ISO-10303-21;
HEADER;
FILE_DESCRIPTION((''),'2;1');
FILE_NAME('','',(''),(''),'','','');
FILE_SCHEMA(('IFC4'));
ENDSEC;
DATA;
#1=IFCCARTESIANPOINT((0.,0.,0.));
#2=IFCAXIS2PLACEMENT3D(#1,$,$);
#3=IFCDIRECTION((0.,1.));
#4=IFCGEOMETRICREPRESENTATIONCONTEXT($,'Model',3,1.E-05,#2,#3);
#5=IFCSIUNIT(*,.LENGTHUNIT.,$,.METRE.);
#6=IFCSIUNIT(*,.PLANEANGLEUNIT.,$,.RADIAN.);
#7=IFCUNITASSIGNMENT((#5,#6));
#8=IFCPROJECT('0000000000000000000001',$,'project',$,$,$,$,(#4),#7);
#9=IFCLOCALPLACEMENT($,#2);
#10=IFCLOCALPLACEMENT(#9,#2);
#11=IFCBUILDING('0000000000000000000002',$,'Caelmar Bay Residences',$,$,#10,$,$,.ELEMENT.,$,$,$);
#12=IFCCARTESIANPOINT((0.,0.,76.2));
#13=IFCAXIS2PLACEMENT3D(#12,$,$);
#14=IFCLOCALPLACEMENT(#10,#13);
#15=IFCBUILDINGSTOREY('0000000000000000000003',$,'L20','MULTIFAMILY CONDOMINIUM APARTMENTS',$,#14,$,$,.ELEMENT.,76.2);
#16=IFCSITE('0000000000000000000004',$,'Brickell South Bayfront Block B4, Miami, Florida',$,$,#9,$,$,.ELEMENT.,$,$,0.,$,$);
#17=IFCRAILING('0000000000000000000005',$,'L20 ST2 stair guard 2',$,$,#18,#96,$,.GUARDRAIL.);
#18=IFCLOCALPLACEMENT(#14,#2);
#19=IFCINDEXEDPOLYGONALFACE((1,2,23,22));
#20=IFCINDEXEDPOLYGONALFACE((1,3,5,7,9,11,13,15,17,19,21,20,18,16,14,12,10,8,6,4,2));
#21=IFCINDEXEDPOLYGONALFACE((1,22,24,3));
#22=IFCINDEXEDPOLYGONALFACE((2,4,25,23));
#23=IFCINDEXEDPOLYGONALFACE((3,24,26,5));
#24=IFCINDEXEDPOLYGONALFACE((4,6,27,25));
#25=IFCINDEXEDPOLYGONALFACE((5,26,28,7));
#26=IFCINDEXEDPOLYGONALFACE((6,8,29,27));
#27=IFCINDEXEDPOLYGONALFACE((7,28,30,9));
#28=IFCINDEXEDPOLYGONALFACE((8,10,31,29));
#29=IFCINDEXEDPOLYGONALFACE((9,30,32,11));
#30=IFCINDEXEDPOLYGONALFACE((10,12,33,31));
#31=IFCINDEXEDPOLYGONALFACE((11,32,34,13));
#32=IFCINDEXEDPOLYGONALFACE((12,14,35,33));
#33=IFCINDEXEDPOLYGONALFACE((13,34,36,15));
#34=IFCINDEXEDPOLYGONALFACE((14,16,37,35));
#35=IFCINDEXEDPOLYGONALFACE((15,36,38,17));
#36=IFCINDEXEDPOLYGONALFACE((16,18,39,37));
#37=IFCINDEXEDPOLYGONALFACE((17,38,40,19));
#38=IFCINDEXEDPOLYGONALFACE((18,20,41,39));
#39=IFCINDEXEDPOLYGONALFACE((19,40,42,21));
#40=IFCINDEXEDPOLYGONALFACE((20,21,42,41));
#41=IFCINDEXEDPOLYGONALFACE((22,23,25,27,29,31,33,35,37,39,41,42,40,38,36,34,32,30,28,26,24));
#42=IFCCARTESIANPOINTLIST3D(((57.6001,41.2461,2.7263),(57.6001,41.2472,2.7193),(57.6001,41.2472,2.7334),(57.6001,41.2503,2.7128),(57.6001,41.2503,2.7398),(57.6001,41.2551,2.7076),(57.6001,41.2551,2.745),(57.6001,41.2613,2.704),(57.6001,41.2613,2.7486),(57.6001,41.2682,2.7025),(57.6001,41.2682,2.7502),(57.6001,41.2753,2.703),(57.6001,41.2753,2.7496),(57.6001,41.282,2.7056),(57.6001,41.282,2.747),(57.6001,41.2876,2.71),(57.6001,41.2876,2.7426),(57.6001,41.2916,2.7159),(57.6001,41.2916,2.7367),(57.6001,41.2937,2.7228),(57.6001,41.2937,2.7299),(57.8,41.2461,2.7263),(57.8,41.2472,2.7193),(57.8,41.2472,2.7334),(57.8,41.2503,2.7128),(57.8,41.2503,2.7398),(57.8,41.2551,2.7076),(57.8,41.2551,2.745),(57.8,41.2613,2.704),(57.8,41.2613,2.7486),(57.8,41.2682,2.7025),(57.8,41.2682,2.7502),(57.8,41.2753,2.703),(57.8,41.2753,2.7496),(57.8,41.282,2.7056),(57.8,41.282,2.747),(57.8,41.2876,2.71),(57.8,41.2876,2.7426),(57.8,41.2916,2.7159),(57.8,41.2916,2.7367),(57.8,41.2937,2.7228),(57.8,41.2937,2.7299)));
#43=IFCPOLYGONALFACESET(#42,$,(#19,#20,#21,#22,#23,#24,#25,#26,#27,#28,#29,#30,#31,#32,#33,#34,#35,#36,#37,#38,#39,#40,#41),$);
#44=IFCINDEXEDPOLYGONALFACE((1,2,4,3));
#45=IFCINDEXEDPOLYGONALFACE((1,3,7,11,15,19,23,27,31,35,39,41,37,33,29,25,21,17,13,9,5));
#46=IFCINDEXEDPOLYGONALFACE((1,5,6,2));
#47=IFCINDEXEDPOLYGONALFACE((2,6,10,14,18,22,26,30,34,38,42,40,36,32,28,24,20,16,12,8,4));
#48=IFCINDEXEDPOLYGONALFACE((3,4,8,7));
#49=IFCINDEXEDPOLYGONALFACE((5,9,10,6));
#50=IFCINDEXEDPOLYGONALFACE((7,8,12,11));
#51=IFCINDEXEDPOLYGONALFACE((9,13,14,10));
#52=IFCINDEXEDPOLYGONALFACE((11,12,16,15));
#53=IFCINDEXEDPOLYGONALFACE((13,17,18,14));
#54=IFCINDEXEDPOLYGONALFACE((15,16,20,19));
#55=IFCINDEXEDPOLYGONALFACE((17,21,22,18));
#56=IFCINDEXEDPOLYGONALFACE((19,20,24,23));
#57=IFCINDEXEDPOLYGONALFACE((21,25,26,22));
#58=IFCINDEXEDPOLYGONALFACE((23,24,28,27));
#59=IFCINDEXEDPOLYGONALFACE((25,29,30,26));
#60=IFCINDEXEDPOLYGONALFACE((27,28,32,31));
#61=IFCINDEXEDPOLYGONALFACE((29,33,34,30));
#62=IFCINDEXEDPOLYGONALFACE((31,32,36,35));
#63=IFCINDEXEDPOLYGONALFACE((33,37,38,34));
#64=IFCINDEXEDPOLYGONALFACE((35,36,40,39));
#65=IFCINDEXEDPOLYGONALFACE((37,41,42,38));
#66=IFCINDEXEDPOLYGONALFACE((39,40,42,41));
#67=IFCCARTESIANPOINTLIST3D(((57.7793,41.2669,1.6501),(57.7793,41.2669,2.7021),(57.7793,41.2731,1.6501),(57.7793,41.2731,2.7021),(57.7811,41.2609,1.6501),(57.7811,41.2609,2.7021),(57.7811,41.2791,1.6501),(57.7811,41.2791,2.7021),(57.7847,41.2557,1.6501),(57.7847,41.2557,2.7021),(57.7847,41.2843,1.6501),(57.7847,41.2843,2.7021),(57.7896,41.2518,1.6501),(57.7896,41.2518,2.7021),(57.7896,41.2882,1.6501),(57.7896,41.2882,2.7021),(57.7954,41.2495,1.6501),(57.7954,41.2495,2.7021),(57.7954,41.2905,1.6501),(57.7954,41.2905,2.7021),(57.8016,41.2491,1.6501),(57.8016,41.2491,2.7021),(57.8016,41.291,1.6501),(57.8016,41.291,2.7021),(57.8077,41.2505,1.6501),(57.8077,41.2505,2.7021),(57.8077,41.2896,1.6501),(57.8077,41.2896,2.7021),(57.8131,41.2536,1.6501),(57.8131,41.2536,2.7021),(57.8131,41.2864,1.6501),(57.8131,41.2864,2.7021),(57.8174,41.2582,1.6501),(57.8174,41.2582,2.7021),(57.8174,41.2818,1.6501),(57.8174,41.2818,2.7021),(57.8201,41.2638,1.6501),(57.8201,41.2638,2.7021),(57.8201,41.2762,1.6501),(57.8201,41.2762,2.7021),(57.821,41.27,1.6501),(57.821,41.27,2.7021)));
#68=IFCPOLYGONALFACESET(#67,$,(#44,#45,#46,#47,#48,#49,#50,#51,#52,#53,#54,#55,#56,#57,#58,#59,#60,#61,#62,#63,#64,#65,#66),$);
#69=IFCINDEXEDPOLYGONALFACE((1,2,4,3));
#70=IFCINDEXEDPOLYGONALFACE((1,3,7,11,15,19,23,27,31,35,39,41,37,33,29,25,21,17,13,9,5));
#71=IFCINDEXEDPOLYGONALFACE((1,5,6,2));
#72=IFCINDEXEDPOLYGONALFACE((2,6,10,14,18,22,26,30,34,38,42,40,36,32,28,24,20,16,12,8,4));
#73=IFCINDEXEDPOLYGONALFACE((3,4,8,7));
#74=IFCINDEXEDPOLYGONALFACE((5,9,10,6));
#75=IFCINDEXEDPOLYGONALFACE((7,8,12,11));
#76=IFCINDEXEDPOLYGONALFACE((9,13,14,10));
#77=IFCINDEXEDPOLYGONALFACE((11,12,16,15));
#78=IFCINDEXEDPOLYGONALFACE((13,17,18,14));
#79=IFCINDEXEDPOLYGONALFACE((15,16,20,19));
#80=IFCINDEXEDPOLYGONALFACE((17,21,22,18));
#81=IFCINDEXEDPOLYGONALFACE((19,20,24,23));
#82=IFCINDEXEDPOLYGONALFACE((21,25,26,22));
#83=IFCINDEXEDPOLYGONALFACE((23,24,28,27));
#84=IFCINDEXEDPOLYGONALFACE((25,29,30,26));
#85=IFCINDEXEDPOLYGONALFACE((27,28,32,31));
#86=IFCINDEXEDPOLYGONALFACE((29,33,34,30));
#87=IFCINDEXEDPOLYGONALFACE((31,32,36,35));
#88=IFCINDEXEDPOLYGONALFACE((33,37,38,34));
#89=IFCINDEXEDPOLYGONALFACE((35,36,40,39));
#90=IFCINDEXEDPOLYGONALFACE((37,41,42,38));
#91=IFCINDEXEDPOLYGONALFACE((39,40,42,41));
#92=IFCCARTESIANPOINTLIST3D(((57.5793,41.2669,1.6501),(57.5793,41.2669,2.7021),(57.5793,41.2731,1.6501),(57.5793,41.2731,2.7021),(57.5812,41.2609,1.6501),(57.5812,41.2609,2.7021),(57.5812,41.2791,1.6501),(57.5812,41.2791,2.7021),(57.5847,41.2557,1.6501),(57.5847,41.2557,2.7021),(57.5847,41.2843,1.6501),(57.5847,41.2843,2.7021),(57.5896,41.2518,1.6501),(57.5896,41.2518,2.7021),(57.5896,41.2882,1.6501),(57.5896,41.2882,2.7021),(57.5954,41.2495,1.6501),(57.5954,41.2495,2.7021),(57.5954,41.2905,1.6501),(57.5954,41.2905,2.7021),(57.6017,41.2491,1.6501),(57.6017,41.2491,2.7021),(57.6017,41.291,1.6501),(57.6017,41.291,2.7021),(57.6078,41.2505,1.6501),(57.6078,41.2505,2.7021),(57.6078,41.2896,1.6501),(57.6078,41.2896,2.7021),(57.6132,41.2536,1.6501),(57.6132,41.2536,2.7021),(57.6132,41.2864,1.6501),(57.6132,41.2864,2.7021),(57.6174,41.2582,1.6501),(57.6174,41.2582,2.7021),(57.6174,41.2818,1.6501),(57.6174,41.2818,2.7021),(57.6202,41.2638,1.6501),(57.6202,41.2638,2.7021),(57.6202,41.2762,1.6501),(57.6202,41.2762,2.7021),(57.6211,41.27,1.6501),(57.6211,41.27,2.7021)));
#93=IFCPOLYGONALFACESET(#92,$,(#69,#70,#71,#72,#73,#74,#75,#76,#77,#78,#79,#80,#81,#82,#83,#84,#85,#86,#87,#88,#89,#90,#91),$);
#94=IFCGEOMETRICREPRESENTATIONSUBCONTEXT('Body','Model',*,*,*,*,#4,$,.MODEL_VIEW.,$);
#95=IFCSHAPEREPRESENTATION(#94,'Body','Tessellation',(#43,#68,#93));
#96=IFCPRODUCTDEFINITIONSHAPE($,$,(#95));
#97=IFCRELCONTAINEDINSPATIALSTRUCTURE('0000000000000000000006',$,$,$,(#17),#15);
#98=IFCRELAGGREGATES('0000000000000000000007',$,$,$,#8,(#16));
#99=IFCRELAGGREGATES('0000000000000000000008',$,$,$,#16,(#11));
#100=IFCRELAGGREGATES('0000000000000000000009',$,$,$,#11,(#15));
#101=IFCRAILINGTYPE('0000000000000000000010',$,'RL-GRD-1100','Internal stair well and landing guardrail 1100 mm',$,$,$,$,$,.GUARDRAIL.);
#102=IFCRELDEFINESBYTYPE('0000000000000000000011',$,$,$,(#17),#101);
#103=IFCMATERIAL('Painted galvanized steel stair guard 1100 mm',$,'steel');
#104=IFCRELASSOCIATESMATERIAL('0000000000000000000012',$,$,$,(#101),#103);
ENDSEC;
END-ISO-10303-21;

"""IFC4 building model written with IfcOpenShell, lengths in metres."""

from ifc_helpers import new_model, si_unit, direction, frame, origin, origin_2d, place, context, subcontext, project, spatial, circle, extrude, material, type_object, element, save


model = new_model("IFC4")

# Units and contexts
model_context = context("Model", 3, precision=1e-05, world=origin(), true_north=direction((0.0, 1.0)))
body_context = subcontext(model_context, "Body", "Model", "MODEL_VIEW")
ifc_project = project(units=[si_unit("LENGTHUNIT", "METRE"), si_unit("PLANEANGLEUNIT", "RADIAN")], contexts=[model_context])

# Site, building, storey
site_placement = place(None, origin())
site = spatial("IfcSite", under=ifc_project, at=site_placement, Name="Brickell South Bayfront Block B4, Miami, Florida", CompositionType="ELEMENT", RefElevation=0.0)
building_placement = place(site_placement, origin())
building = spatial("IfcBuilding", under=site, at=building_placement, Name="Caelmar Bay Residences", CompositionType="ELEMENT")
storey_placement = place(building_placement, frame((0.0, 0.0, 76.2)))
storey = spatial("IfcBuildingStorey", under=building, at=storey_placement, Name="L20", Description="MULTIFAMILY CONDOMINIUM APARTMENTS", CompositionType="ELEMENT", Elevation=76.2)

# Railing
ifc_material_1 = material(Name="Painted galvanized steel stair guard 1100 mm", Category="steel")
railing_type_1 = type_object("IfcRailingType", Name="RL-GRD-1100", Description="Internal stair well and landing guardrail 1100 mm", PredefinedType="GUARDRAIL", material=ifc_material_1)
railing_1_placement = place(storey_placement, frame((57.8, 41.27, 1.6501)))
element("IfcRailing", 1, at=railing_1_placement, inside=storey, type_object=railing_type_1, Name="L20 ST2 stair guard 2", PredefinedType="GUARDRAIL", context=body_context, shape_type="SweptSolid", body=[
    extrude(circle(Radius=0.0239, at=origin_2d()), frame((0.0, 0.0, 1.0762), z_axis=(-1.0, 0.0, 0.0), x_axis=(0.0, -1.0, 0.0)), (0.0, 0.0, 1.0), 0.2),
    extrude(circle(Radius=0.021, at=origin_2d()), origin(), (0.0, 0.0, 1.0), 1.052),
    extrude(circle(Radius=0.021, at=origin_2d()), frame((-0.2, 0.0, 0.0)), (0.0, 0.0, 1.0), 1.052),
])

save(model, "model.ifc")
